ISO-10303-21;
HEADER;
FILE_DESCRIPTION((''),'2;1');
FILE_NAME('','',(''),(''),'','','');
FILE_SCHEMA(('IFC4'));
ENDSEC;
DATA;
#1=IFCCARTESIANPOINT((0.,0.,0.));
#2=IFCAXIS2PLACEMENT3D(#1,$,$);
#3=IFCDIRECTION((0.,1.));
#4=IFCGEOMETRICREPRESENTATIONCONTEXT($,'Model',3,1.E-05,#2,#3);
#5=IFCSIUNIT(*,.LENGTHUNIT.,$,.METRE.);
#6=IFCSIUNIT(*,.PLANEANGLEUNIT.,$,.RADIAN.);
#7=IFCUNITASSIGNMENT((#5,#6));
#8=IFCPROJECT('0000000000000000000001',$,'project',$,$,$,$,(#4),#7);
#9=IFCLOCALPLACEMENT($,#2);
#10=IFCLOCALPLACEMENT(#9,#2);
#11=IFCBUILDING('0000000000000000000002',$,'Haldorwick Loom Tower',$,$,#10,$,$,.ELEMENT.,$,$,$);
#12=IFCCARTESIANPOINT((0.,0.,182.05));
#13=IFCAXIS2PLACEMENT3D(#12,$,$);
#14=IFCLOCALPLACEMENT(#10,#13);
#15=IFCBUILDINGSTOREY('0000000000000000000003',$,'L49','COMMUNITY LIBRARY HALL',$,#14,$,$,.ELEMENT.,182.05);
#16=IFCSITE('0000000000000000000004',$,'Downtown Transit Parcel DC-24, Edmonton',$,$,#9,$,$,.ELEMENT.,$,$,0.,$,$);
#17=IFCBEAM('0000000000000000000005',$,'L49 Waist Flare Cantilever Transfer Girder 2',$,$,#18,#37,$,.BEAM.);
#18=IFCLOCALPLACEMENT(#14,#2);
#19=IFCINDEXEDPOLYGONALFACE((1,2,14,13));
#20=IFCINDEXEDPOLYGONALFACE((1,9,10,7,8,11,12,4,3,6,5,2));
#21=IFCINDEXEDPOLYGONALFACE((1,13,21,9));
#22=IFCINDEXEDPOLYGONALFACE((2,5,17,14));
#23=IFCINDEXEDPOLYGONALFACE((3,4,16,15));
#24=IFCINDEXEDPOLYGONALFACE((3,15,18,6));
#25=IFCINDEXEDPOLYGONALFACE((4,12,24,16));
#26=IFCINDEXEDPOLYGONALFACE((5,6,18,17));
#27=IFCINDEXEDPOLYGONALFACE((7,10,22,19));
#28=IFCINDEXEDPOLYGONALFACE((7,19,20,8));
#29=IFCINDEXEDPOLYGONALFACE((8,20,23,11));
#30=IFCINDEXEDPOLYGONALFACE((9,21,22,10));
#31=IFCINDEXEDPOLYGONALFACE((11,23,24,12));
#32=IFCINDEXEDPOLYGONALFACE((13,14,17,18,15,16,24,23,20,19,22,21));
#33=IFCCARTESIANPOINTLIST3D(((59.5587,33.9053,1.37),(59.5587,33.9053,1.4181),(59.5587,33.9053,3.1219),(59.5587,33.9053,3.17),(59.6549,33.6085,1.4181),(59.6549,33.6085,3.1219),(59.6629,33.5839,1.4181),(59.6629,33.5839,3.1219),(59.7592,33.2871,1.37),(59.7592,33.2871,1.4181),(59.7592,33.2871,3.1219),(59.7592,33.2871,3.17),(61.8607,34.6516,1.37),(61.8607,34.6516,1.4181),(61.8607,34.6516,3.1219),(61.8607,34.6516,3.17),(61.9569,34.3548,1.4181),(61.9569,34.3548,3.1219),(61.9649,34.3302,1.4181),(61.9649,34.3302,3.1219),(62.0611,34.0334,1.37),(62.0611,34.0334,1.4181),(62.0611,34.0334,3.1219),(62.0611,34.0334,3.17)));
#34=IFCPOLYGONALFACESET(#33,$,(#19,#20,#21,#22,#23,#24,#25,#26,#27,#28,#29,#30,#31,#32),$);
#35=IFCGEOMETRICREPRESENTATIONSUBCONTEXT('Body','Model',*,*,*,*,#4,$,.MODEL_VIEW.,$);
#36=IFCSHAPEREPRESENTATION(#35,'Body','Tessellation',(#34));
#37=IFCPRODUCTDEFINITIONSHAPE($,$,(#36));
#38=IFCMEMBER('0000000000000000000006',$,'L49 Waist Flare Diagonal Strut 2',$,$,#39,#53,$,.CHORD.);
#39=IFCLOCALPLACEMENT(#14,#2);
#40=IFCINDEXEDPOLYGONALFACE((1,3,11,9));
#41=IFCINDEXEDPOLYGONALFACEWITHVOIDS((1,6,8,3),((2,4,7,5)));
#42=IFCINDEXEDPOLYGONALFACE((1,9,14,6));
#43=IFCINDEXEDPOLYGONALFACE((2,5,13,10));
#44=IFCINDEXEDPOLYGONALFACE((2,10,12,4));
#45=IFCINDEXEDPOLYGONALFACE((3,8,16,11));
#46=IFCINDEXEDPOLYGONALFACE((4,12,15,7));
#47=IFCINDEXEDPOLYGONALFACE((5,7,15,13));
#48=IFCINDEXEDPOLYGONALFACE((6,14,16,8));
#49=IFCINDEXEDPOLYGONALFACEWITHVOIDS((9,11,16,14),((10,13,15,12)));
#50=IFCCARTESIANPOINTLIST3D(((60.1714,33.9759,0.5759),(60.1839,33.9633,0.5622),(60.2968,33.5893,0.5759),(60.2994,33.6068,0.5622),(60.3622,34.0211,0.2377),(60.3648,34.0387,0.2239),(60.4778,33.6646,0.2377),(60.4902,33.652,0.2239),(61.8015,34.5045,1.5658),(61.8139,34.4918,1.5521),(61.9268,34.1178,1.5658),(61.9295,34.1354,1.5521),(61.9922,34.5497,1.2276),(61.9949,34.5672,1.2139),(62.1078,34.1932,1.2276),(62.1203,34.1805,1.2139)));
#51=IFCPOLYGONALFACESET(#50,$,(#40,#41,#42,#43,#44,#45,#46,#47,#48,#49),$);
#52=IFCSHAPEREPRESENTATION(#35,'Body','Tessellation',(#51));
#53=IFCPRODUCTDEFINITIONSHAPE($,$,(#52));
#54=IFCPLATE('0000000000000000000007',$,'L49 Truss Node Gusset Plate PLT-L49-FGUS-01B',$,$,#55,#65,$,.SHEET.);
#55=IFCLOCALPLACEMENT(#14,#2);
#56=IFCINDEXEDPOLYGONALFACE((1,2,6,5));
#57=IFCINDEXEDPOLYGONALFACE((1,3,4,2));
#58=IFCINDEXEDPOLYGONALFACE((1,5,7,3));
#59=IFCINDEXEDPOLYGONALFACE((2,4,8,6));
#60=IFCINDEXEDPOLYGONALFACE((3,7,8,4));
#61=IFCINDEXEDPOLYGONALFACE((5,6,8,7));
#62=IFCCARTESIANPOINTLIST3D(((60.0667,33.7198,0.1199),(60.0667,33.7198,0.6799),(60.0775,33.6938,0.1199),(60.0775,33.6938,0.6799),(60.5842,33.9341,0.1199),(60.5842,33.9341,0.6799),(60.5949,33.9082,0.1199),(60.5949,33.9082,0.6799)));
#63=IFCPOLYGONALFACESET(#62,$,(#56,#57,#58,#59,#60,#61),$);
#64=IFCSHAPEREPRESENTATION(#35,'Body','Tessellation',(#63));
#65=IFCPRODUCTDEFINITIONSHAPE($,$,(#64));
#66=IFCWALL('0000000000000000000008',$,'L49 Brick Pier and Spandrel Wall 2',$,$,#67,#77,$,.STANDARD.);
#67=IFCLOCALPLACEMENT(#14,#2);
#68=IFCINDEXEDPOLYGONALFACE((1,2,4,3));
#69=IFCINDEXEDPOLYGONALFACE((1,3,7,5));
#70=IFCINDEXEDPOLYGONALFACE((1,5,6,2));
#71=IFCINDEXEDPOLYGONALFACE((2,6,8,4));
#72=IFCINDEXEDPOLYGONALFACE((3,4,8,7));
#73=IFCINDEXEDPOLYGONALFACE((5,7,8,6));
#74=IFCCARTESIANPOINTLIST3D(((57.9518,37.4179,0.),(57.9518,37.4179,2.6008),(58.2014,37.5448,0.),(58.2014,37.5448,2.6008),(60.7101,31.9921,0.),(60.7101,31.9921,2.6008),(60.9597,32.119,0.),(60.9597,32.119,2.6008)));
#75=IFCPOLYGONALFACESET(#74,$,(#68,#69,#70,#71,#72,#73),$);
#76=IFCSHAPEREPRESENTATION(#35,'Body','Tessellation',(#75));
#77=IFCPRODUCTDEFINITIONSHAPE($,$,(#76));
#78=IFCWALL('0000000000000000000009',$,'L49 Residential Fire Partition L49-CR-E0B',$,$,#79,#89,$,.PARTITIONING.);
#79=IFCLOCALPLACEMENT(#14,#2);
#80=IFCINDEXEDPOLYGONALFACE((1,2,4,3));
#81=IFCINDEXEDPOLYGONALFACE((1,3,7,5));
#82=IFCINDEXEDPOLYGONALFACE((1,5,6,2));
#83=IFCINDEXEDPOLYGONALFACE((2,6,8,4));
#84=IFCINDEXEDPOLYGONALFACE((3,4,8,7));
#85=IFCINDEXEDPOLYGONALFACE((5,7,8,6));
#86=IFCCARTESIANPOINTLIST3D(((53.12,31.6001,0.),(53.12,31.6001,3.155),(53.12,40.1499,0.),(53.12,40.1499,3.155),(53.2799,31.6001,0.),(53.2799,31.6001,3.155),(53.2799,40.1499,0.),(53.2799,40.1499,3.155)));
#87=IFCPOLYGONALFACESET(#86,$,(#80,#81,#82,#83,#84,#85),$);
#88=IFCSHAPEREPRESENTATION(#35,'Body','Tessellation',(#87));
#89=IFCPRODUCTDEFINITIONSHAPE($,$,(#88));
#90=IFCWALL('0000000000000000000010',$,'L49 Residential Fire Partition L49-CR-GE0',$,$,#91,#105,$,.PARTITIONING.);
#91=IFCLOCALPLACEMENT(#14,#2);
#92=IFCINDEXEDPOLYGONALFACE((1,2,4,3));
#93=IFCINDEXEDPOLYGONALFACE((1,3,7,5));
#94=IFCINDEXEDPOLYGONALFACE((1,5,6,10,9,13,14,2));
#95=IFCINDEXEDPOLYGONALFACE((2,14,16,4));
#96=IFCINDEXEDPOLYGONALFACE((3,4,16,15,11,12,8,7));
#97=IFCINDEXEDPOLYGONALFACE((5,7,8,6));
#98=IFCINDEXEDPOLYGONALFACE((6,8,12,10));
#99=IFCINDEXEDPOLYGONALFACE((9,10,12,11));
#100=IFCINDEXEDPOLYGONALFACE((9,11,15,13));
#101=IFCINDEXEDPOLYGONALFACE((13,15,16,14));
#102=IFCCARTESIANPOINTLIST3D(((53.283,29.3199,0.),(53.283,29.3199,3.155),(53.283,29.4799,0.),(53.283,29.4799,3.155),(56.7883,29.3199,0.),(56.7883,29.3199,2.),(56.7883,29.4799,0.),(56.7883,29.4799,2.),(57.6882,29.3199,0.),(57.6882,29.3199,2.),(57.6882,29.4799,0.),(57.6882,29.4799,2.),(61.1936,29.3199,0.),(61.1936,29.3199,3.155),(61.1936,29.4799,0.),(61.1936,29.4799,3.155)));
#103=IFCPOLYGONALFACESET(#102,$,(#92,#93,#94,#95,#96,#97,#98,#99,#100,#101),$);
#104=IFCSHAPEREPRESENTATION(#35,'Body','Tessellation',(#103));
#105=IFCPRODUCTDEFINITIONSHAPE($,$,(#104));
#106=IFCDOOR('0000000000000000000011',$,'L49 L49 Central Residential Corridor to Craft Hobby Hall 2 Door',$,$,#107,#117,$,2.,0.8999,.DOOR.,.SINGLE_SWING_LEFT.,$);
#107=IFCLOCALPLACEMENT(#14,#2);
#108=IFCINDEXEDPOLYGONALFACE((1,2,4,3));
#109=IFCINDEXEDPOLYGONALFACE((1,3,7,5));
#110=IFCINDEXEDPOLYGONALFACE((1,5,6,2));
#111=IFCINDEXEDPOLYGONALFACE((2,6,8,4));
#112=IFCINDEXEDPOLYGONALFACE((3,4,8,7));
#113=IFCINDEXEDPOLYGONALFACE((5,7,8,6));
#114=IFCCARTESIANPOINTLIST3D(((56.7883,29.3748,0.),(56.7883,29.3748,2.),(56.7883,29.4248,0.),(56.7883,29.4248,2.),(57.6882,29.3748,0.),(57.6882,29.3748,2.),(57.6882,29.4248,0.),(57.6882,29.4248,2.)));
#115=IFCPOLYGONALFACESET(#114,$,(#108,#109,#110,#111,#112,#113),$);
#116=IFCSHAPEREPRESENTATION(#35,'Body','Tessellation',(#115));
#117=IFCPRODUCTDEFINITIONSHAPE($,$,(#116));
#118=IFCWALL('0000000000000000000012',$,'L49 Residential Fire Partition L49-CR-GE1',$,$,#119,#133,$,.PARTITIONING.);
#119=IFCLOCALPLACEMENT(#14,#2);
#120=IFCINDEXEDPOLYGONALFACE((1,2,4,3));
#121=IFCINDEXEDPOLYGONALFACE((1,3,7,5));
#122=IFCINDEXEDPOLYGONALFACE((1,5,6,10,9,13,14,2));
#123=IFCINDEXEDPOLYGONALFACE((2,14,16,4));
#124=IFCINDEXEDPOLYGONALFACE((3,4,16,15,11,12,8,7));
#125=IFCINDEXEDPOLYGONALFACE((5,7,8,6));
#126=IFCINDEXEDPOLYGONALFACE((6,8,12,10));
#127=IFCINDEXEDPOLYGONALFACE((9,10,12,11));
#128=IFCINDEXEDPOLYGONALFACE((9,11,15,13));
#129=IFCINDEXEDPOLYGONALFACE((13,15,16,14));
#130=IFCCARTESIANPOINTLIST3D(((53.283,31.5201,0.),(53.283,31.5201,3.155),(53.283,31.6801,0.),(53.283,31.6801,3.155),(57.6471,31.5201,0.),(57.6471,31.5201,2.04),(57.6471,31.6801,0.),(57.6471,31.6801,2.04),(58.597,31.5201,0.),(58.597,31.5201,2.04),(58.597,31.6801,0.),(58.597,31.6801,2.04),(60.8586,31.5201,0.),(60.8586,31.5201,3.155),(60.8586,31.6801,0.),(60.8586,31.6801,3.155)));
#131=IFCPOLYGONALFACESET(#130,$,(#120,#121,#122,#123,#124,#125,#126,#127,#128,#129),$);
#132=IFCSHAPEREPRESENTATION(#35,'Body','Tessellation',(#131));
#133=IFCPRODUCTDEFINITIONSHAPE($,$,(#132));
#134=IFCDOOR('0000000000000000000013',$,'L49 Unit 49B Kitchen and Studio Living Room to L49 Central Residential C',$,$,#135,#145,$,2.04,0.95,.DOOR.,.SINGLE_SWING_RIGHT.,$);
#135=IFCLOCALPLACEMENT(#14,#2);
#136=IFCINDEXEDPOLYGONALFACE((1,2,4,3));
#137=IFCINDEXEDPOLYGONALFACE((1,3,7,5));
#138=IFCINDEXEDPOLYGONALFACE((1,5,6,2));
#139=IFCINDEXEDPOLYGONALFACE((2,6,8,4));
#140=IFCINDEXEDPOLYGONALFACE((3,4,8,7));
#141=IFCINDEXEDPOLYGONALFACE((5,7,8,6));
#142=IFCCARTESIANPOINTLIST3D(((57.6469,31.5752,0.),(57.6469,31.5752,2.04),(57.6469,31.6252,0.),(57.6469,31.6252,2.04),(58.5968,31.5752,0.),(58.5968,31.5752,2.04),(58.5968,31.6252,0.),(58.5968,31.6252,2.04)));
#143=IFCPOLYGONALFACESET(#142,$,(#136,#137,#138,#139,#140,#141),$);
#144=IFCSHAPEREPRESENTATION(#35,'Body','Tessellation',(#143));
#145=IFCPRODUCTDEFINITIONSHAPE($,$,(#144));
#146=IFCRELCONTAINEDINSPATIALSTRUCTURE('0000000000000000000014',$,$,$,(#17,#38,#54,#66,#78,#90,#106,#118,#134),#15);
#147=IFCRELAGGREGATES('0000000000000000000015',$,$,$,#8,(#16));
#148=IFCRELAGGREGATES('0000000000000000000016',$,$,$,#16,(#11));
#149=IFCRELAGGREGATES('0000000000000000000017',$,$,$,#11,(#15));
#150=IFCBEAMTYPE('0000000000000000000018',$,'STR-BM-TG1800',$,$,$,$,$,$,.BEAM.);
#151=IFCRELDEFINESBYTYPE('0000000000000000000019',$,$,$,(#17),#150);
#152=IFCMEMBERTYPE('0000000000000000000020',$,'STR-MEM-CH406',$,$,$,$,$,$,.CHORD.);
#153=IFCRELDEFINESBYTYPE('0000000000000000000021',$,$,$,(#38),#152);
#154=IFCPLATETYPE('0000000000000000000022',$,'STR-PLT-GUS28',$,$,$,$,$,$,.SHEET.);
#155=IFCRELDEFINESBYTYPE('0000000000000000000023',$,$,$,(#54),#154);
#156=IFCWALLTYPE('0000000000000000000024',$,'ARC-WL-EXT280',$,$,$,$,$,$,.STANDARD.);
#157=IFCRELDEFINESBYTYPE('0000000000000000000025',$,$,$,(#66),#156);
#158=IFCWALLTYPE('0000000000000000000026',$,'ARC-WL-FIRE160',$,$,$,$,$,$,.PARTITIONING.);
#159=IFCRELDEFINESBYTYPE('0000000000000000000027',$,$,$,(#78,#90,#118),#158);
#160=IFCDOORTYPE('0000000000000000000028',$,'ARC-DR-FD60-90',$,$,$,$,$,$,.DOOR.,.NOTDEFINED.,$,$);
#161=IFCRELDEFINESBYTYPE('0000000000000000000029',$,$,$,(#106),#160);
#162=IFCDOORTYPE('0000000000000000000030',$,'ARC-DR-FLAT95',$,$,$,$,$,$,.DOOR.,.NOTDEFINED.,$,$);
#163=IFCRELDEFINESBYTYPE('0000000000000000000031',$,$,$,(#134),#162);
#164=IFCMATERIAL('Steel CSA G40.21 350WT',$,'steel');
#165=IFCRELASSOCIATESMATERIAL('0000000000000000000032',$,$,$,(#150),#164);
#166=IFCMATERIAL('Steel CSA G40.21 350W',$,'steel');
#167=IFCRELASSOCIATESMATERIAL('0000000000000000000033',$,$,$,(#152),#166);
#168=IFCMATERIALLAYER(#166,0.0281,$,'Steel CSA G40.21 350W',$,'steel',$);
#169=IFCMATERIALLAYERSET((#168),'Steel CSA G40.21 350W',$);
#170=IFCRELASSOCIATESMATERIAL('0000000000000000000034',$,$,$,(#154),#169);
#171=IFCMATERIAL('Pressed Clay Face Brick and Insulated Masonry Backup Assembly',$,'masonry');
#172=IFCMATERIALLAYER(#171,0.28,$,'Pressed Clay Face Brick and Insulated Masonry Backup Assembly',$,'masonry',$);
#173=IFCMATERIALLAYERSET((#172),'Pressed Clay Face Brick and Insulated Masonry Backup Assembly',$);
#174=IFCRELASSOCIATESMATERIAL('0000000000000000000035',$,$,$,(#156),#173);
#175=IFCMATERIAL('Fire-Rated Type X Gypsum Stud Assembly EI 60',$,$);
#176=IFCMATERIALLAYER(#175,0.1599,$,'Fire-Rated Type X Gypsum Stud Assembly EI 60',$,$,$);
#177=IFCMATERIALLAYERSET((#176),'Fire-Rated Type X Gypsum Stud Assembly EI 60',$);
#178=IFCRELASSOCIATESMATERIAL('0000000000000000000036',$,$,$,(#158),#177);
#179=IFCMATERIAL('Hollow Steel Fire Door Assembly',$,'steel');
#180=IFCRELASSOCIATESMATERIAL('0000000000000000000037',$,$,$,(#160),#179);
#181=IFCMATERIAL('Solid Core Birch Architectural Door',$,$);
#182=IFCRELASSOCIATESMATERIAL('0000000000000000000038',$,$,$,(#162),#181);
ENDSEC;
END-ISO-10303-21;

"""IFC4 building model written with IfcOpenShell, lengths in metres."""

from ifc_helpers import new_model, si_unit, direction, frame, frame_2d, origin, origin_2d, place, context, subcontext, project, spatial, rectangle, hollow_rectangle, i_section, extrude, material, layer, layer_set, material_profile, profile_set, type_object, element, fill, save


model = new_model("IFC4")

# Units and contexts
model_context = context("Model", 3, precision=1e-05, world=origin(), true_north=direction((0.0, 1.0)))
body_context = subcontext(model_context, "Body", "Model", "MODEL_VIEW")
ifc_project = project(units=[si_unit("LENGTHUNIT", "METRE"), si_unit("PLANEANGLEUNIT", "RADIAN")], contexts=[model_context])

# Site, building, storey
site_placement = place(None, origin())
site = spatial("IfcSite", under=ifc_project, at=site_placement, Name="Downtown Transit Parcel DC-24, Edmonton", CompositionType="ELEMENT", RefElevation=0.0)
building_placement = place(site_placement, origin())
building = spatial("IfcBuilding", under=site, at=building_placement, Name="Haldorwick Loom Tower", CompositionType="ELEMENT")
storey_placement = place(building_placement, frame((0.0, 0.0, 182.05)))
storey = spatial("IfcBuildingStorey", under=building, at=storey_placement, Name="L49", Description="COMMUNITY LIBRARY HALL", CompositionType="ELEMENT", Elevation=182.05)

# Shared definitions
ifc_material_1 = material(Name="Steel CSA G40.21 350W", Category="steel")

# Beam
ifc_material_2 = material(Name="Steel CSA G40.21 350WT", Category="steel")
ifc_material_profile_1 = material_profile(ifc_material_2, i_section(OverallWidth=0.6499, OverallDepth=1.8, WebThickness=0.0259, FlangeThickness=0.0481, at=origin_2d()), Name="WWF1800X650", Category="steel")
ifc_profile_set_1 = profile_set([ifc_material_profile_1], Name="Steel CSA G40.21 350WT")
beam_type_1 = type_object("IfcBeamType", Name="STR-BM-TG1800", PredefinedType="BEAM", material=ifc_profile_set_1)
beam_1_placement = place(storey_placement, frame((59.6589, 33.5962, 2.27), z_axis=(0.951254, 0.308408, 0.0), x_axis=(-0.308408, 0.951254, 0.0)))
element("IfcBeam", 1, at=beam_1_placement, inside=storey, type_object=beam_type_1, Name="L49 Waist Flare Cantilever Transfer Girder 2", PredefinedType="BEAM", context=body_context, shape_type="SweptSolid", body=[
    extrude(i_section(OverallWidth=0.6499, OverallDepth=1.8, WebThickness=0.0259, FlangeThickness=0.0481, at=origin_2d()), origin(), (0.0, 0.0, 1.0), 2.4199),
])

# Member
ifc_material_profile_2 = material_profile(ifc_material_1, hollow_rectangle(XDim=0.4065, YDim=0.4065, WallThickness=0.0159, at=origin_2d()), Name="HSS406X406X16", Category="steel")
ifc_profile_set_2 = profile_set([ifc_material_profile_2], Name="Steel CSA G40.21 350W")
member_type = type_object("IfcMemberType", Name="STR-MEM-CH406", PredefinedType="CHORD", material=ifc_profile_set_2)
member_placement = place(storey_placement, frame((60.3308, 33.814, 0.3999), z_axis=(0.823677, 0.267075, 0.500226), x_axis=(-0.308439, 0.951244, 0.0)))
element("IfcMember", 2, at=member_placement, inside=storey, type_object=member_type, Name="L49 Waist Flare Diagonal Strut 2", PredefinedType="CHORD", context=body_context, shape_type="SweptSolid", body=[
    extrude(hollow_rectangle(XDim=0.4065, YDim=0.4065, WallThickness=0.0159, at=origin_2d()), origin(), (0.0, 0.0, 1.0), 1.979),
])

# Plate
ifc_layer_1 = layer(ifc_material_1, 0.0281, Name="Steel CSA G40.21 350W", Category="steel")
ifc_layer_set_1 = layer_set([ifc_layer_1], Name="Steel CSA G40.21 350W")
plate_type = type_object("IfcPlateType", Name="STR-PLT-GUS28", PredefinedType="SHEET", material=ifc_layer_set_1)
plate_placement = place(storey_placement, frame((60.3308, 33.814, 0.1199), z_axis=(0.0, 0.0, 1.0), x_axis=(0.92388, 0.382683, 0.0)))
element("IfcPlate", 3, at=plate_placement, inside=storey, type_object=plate_type, Name="L49 Truss Node Gusset Plate PLT-L49-FGUS-01B", PredefinedType="SHEET", context=body_context, shape_type="SweptSolid", body=[
    extrude(rectangle(XDim=0.5601, YDim=0.0281, at=origin_2d()), origin(), (0.0, 0.0, 1.0), 0.5601),
])

# Walls
ifc_material_3 = material(Name="Pressed Clay Face Brick and Insulated Masonry Backup Assembly", Category="masonry")
ifc_layer_2 = layer(ifc_material_3, 0.28, Name="Pressed Clay Face Brick and Insulated Masonry Backup Assembly", Category="masonry")
ifc_layer_set_2 = layer_set([ifc_layer_2], Name="Pressed Clay Face Brick and Insulated Masonry Backup Assembly")
wall_type_1 = type_object("IfcWallType", Name="ARC-WL-EXT280", PredefinedType="STANDARD", material=ifc_layer_set_2)
wall_1_placement = place(storey_placement, frame((60.835, 32.0554, 0.0), z_axis=(0.0, 0.0, 1.0), x_axis=(-0.453172, 0.891423, 0.0)))
element("IfcWall", 4, at=wall_1_placement, inside=storey, type_object=wall_type_1, Name="L49 Brick Pier and Spandrel Wall 2", PredefinedType="STANDARD", context=body_context, shape_type="SweptSolid", body=[
    extrude(rectangle(XDim=6.0867, YDim=0.28, at=frame_2d((3.0435, 0.0))), origin(), (0.0, 0.0, 1.0), 2.6008),
])
ifc_material_4 = material(Name="Fire-Rated Type X Gypsum Stud Assembly EI 60")
ifc_layer_3 = layer(ifc_material_4, 0.1599, Name="Fire-Rated Type X Gypsum Stud Assembly EI 60")
ifc_layer_set_3 = layer_set([ifc_layer_3], Name="Fire-Rated Type X Gypsum Stud Assembly EI 60")
wall_type_2 = type_object("IfcWallType", Name="ARC-WL-FIRE160", PredefinedType="PARTITIONING", material=ifc_layer_set_3)
wall_2_placement = place(storey_placement, frame((53.2, 31.6001, 0.0), z_axis=(0.0, 0.0, 1.0), x_axis=(0.0, 1.0, 0.0)))
element("IfcWall", 5, at=wall_2_placement, inside=storey, type_object=wall_type_2, Name="L49 Residential Fire Partition L49-CR-E0B", PredefinedType="PARTITIONING", context=body_context, shape_type="SweptSolid", body=[
    extrude(rectangle(XDim=8.5498, YDim=0.1599, at=frame_2d((4.2749, 0.0))), origin(), (0.0, 0.0, 1.0), 3.155),
])

# Walls, openings, doors
wall_3_placement = place(storey_placement, frame((53.283, 29.3999, 0.0), z_axis=(0.0, 0.0, 1.0), x_axis=(1.0, 0.0, 0.0)))
wall_3 = element("IfcWall", 6, at=wall_3_placement, inside=storey, type_object=wall_type_2, Name="L49 Residential Fire Partition L49-CR-GE0", PredefinedType="PARTITIONING", context=body_context, shape_type="SweptSolid", body=[
    extrude(rectangle(XDim=7.9106, YDim=0.1599, at=frame_2d((3.9553, 0.0))), origin(), (0.0, 0.0, 1.0), 3.155),
])
opening_1_placement = place(wall_3_placement, frame((3.5054, 0.0, 0.0)))
opening_1 = element("IfcOpeningElement", 7, at=opening_1_placement, cuts=wall_3, PredefinedType="OPENING", context=body_context, shape_type="SweptSolid", body=[
    extrude(rectangle(XDim=0.8999, YDim=2.0, at=frame_2d((0.45, 1.0))), frame((0.0, 0.0898, 0.0), z_axis=(0.0, -1.0, 0.0), x_axis=(1.0, 0.0, 0.0)), (0.0, 0.0, 1.0), 0.1799),
])
ifc_material_5 = material(Name="Hollow Steel Fire Door Assembly", Category="steel")
door_type_1 = type_object("IfcDoorType", Name="ARC-DR-FD60-90", OperationType="NOTDEFINED", PredefinedType="DOOR", material=ifc_material_5)
door_1_placement = place(opening_1_placement, origin())
door_1 = element("IfcDoor", 8, at=door_1_placement, inside=storey, type_object=door_type_1, Name="L49 L49 Central Residential Corridor to Craft Hobby Hall 2 Door", OperationType="SINGLE_SWING_LEFT", OverallHeight=2.0, OverallWidth=0.8999, PredefinedType="DOOR", context=body_context, shape_type="SweptSolid", body=[
    extrude(rectangle(XDim=0.8999, YDim=2.0, at=frame_2d((0.45, 1.0))), frame((0.0, 0.0249, 0.0), z_axis=(0.0, -1.0, 0.0), x_axis=(1.0, 0.0, 0.0)), (0.0, 0.0, 1.0), 0.05),
])
fill(opening_1, door_1)
wall_4_placement = place(storey_placement, frame((53.283, 31.6001, 0.0), z_axis=(0.0, 0.0, 1.0), x_axis=(1.0, 0.0, 0.0)))
wall_4 = element("IfcWall", 9, at=wall_4_placement, inside=storey, type_object=wall_type_2, Name="L49 Residential Fire Partition L49-CR-GE1", PredefinedType="PARTITIONING", context=body_context, shape_type="SweptSolid", body=[
    extrude(rectangle(XDim=7.5757, YDim=0.1599, at=frame_2d((3.7878, 0.0))), origin(), (0.0, 0.0, 1.0), 3.155),
])
opening_2_placement = place(wall_4_placement, frame((4.364, 0.0, 0.0)))
opening_2 = element("IfcOpeningElement", 10, at=opening_2_placement, cuts=wall_4, PredefinedType="OPENING", context=body_context, shape_type="SweptSolid", body=[
    extrude(rectangle(XDim=0.95, YDim=2.04, at=frame_2d((0.4751, 1.02))), frame((0.0, 0.0898, 0.0), z_axis=(0.0, -1.0, 0.0), x_axis=(1.0, 0.0, 0.0)), (0.0, 0.0, 1.0), 0.1799),
])
ifc_material_6 = material(Name="Solid Core Birch Architectural Door")
door_type_2 = type_object("IfcDoorType", Name="ARC-DR-FLAT95", OperationType="NOTDEFINED", PredefinedType="DOOR", material=ifc_material_6)
door_2_placement = place(opening_2_placement, frame((0.95, 0.0, 0.0), z_axis=(0.0, 0.0, 1.0), x_axis=(-1.0, 0.0, 0.0)))
door_2 = element("IfcDoor", 11, at=door_2_placement, inside=storey, type_object=door_type_2, Name="L49 Unit 49B Kitchen and Studio Living Room to L49 Central Residential C", OperationType="SINGLE_SWING_RIGHT", OverallHeight=2.04, OverallWidth=0.95, PredefinedType="DOOR", context=body_context, shape_type="SweptSolid", body=[
    extrude(rectangle(XDim=0.95, YDim=2.04, at=frame_2d((0.4751, 1.02))), frame((0.0, 0.0249, 0.0), z_axis=(0.0, -1.0, 0.0), x_axis=(1.0, 0.0, 0.0)), (0.0, 0.0, 1.0), 0.05),
])
fill(opening_2, door_2)

save(model, "model.ifc")
